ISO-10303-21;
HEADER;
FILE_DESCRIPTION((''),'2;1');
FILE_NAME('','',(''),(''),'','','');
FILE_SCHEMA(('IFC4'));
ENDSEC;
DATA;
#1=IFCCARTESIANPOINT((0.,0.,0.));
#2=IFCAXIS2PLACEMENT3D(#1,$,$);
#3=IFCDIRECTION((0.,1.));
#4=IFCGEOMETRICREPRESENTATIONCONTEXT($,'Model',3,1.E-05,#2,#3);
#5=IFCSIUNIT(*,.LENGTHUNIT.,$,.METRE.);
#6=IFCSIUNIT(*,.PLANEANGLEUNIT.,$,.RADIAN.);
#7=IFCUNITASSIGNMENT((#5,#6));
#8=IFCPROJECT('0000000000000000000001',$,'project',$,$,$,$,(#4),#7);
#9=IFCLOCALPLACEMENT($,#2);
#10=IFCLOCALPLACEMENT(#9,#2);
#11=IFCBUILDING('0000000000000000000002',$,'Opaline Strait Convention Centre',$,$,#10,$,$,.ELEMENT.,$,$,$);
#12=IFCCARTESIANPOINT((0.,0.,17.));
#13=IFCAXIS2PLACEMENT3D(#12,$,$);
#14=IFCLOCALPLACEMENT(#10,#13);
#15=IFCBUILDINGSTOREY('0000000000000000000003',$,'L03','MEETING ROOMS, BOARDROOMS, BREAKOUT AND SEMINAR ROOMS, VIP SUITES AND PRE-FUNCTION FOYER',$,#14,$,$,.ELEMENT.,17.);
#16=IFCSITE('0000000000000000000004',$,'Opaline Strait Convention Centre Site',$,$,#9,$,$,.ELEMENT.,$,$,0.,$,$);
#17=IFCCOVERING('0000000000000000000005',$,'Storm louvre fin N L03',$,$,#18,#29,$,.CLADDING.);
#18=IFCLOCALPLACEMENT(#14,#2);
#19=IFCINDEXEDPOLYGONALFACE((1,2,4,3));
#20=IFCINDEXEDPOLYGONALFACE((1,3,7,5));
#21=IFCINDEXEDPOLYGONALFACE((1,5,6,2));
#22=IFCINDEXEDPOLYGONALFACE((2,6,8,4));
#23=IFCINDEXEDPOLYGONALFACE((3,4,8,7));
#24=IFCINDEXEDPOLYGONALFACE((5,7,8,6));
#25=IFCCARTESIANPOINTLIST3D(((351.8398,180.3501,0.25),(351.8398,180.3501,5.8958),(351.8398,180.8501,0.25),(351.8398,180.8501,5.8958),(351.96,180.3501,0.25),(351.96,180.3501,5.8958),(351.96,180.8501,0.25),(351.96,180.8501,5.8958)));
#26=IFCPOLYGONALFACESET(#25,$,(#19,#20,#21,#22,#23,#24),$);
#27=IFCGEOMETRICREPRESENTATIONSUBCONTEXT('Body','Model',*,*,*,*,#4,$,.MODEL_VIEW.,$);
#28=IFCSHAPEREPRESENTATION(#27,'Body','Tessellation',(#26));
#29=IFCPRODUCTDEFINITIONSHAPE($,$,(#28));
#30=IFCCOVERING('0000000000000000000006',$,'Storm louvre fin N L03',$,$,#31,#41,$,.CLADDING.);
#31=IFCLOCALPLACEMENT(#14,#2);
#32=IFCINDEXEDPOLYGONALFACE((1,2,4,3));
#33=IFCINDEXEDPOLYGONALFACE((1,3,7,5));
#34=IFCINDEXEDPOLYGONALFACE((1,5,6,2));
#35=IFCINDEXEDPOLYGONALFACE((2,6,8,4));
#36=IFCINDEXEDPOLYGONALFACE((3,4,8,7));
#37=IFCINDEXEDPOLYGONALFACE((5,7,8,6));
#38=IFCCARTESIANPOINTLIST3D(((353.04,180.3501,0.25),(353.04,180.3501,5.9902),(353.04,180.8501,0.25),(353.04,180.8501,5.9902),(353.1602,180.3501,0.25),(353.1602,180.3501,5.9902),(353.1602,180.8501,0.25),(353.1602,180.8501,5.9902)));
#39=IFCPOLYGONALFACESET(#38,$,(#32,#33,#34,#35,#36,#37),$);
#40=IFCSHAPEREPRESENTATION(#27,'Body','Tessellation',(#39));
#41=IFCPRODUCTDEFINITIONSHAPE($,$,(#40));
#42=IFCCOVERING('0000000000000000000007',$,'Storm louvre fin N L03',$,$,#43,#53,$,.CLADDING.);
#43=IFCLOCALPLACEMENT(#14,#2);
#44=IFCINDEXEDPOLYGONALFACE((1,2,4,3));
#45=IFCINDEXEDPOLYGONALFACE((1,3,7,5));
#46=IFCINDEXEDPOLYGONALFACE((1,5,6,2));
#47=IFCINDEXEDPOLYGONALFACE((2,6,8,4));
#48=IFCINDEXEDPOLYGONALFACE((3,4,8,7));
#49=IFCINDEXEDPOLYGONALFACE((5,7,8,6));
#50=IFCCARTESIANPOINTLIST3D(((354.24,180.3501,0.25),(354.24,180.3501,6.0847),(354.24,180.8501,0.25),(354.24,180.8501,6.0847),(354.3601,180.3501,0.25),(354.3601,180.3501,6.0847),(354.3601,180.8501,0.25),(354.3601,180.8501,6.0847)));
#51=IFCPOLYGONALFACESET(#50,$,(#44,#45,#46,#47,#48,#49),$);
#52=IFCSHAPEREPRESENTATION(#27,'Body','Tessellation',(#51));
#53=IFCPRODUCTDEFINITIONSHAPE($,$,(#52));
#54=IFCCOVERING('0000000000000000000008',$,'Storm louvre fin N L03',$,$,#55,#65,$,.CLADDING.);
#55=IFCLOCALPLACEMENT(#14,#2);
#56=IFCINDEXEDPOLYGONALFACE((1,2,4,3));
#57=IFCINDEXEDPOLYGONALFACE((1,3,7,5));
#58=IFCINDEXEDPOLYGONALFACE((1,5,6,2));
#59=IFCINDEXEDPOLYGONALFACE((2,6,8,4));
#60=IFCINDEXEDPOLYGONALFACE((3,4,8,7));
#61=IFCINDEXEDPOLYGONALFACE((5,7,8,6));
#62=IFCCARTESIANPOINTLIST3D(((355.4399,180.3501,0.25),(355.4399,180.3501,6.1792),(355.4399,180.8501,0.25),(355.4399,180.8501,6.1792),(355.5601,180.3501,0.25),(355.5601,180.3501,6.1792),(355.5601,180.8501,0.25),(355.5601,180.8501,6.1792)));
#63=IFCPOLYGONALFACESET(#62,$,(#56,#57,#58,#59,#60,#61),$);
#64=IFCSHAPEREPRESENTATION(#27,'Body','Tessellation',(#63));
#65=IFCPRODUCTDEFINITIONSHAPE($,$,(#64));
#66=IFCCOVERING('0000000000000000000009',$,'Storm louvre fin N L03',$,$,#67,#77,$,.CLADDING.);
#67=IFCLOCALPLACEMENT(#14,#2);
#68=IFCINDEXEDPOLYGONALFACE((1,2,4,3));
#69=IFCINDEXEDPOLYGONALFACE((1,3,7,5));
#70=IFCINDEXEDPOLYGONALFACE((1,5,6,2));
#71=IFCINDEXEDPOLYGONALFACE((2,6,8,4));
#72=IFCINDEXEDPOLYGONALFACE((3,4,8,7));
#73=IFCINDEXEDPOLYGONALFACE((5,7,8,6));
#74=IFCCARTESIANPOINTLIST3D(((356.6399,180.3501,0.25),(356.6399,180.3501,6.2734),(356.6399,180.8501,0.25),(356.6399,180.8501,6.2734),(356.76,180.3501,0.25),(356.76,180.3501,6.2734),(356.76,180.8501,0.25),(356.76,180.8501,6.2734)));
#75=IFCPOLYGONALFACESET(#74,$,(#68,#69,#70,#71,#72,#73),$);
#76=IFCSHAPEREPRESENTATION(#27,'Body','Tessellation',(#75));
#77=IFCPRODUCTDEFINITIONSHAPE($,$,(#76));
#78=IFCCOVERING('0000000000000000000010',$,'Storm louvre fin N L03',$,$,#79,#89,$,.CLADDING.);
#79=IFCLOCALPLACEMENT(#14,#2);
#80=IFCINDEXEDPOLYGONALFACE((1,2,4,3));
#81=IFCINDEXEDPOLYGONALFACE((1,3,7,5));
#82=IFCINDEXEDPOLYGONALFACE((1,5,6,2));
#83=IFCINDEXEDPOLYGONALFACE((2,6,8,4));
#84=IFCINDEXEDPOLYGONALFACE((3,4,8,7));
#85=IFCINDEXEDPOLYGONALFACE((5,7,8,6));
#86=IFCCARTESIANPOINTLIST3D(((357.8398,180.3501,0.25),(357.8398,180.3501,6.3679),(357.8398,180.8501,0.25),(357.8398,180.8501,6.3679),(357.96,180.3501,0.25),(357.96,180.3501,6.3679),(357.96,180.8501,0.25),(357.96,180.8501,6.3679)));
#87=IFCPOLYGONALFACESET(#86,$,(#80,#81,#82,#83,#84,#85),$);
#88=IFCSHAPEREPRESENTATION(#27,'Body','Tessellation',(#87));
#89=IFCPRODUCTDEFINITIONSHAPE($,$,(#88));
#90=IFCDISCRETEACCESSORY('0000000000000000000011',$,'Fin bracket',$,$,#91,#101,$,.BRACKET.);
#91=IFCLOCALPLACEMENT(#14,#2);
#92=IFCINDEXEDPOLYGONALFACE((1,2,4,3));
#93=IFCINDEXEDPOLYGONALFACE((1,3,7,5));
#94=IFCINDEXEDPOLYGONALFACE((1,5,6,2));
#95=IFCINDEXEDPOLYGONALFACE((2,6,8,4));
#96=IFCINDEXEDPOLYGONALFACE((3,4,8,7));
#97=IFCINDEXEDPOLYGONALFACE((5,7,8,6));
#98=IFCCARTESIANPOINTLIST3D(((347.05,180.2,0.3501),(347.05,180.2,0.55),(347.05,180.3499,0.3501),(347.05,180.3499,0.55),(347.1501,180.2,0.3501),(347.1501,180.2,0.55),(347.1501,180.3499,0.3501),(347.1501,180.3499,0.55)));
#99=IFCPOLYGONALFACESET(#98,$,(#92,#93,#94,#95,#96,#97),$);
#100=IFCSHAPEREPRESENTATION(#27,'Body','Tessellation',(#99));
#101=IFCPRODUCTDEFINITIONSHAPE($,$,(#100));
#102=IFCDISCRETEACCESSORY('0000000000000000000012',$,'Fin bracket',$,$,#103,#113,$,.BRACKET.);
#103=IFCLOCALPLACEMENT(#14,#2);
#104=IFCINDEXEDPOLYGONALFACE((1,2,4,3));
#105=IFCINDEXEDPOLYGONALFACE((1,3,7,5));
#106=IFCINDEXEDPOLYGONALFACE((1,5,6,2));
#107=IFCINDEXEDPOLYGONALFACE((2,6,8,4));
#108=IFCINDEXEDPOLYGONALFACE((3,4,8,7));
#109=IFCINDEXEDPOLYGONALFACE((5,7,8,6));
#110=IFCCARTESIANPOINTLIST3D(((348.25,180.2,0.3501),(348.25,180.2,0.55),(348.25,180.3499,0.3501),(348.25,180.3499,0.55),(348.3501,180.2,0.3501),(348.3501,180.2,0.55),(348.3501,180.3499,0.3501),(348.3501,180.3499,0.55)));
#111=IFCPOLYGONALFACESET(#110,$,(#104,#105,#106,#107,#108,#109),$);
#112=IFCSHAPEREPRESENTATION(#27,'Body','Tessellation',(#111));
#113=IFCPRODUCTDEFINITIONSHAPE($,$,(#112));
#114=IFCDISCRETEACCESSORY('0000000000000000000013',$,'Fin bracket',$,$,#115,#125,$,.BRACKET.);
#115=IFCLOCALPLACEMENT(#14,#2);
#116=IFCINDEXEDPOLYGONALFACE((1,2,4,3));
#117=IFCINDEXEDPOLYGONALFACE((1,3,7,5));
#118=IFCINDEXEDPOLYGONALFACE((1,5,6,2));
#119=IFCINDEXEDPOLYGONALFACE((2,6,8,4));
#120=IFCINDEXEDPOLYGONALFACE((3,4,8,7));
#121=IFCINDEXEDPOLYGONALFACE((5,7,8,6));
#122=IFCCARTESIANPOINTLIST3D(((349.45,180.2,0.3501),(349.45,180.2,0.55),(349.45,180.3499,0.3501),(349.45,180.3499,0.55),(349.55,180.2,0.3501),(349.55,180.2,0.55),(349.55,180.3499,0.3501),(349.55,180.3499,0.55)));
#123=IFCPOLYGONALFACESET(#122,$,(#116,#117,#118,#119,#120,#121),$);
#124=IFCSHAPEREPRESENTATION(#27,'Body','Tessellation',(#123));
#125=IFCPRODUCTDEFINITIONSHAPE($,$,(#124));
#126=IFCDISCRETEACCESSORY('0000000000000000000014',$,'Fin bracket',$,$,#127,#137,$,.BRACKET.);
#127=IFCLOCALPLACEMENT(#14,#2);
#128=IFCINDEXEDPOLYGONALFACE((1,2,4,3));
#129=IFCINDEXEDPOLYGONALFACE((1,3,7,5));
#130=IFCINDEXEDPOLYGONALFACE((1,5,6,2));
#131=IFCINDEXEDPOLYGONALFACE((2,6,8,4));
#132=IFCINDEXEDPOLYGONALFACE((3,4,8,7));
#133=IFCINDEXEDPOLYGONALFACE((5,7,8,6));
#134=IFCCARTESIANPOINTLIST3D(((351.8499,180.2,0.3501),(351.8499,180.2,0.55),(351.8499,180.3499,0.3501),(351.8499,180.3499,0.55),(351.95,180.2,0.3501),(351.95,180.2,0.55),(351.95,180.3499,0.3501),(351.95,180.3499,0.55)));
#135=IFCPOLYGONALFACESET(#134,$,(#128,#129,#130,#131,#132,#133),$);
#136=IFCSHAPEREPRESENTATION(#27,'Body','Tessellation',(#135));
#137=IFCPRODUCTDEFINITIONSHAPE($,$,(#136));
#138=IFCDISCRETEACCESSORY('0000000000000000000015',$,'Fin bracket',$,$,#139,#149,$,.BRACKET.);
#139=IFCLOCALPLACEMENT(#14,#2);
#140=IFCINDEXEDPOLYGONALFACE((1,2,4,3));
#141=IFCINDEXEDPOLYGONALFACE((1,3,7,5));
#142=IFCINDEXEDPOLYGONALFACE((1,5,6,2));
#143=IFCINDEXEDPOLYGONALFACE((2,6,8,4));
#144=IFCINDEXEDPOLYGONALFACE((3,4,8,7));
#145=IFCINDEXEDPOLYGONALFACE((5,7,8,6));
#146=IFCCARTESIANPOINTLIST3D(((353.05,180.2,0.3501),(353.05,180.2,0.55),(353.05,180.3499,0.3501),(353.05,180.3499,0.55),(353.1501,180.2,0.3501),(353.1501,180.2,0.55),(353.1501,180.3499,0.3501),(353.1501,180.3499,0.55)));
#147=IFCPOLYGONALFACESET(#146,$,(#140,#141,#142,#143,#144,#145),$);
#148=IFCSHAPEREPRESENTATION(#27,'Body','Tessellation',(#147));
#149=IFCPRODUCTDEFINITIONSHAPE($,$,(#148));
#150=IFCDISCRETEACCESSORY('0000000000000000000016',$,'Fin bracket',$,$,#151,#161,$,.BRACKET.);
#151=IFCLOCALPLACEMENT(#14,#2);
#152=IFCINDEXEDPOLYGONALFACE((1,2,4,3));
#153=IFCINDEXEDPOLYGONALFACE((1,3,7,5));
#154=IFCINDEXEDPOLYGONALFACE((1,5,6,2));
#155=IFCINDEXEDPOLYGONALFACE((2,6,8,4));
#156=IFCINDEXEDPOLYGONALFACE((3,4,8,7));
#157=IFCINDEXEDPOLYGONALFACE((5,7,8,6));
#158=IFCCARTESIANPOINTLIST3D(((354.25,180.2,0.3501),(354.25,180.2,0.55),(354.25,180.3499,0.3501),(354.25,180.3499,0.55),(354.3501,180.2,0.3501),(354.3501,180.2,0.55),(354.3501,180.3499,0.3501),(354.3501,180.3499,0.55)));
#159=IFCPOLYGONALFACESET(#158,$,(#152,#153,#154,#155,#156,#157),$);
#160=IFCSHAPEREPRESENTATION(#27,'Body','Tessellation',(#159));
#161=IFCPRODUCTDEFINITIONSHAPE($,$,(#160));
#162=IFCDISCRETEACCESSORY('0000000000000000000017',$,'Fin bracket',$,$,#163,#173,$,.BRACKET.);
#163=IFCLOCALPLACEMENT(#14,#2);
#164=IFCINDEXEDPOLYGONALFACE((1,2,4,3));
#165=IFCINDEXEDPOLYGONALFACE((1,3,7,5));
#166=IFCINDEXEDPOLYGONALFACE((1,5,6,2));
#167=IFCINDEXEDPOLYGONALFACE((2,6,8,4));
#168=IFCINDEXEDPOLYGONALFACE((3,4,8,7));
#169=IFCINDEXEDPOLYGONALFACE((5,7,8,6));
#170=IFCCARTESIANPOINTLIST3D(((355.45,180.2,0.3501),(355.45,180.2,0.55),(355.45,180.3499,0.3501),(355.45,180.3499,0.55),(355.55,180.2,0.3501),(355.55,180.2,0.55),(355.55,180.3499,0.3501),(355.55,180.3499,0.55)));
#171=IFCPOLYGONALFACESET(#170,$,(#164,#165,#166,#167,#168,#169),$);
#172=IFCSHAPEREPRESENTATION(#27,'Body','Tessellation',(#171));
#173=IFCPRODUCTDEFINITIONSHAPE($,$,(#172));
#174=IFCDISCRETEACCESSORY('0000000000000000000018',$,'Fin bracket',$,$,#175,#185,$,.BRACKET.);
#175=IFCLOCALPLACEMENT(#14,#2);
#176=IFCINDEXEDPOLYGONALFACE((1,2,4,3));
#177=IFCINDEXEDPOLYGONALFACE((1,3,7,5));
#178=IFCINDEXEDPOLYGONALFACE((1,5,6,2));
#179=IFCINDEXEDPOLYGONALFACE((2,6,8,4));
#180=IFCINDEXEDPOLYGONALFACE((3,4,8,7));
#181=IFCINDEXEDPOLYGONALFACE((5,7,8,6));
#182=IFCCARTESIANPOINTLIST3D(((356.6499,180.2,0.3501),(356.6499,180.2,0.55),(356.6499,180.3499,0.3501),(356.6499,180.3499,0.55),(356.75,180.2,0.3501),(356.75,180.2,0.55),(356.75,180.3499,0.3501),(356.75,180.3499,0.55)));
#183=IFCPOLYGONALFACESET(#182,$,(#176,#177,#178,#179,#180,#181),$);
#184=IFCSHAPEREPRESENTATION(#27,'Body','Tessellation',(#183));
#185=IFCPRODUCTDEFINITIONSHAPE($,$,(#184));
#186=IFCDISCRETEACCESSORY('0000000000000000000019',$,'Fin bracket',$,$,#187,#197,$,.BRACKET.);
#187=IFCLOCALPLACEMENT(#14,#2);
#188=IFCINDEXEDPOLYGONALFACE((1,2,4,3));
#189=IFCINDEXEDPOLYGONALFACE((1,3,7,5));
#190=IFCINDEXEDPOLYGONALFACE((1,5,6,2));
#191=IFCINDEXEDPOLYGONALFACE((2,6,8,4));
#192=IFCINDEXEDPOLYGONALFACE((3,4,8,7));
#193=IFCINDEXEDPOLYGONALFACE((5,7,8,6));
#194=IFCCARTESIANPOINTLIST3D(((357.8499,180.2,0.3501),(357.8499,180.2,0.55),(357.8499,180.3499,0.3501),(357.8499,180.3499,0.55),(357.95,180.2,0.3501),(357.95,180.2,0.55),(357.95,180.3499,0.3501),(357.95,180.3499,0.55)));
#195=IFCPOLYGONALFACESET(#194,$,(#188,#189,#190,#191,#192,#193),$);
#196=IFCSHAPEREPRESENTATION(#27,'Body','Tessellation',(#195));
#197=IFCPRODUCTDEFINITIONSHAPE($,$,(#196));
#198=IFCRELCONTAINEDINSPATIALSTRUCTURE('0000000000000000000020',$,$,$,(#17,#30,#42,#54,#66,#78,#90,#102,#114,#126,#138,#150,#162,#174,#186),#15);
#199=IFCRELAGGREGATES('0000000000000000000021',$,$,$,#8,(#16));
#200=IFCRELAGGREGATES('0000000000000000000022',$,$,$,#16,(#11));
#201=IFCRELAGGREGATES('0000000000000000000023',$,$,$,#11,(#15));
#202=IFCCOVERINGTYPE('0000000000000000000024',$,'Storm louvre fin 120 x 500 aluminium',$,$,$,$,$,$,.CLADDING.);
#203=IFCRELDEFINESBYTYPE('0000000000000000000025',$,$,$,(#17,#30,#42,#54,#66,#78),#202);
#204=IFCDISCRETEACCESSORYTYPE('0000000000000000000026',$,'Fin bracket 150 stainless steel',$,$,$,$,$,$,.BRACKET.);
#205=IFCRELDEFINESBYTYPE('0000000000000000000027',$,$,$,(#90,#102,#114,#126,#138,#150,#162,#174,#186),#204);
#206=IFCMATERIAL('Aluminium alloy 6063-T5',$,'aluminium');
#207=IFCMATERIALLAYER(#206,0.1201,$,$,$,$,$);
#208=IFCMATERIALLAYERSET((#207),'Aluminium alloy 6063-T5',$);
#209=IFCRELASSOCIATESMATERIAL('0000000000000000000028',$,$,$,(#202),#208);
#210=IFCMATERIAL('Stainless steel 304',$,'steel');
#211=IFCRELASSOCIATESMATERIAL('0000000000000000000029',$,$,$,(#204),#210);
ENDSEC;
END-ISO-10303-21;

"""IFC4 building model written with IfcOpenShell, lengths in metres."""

from ifc_helpers import new_model, si_unit, direction, frame, origin, origin_2d, place, context, subcontext, project, spatial, rectangle, extrude, material, layer, layer_set, type_object, element, save


model = new_model("IFC4")

# Units and contexts
model_context = context("Model", 3, precision=1e-05, world=origin(), true_north=direction((0.0, 1.0)))
body_context = subcontext(model_context, "Body", "Model", "MODEL_VIEW")
ifc_project = project(units=[si_unit("LENGTHUNIT", "METRE"), si_unit("PLANEANGLEUNIT", "RADIAN")], contexts=[model_context])

# Site, building, storey
site_placement = place(None, origin())
site = spatial("IfcSite", under=ifc_project, at=site_placement, Name="Opaline Strait Convention Centre Site", CompositionType="ELEMENT", RefElevation=0.0)
building_placement = place(site_placement, origin())
building = spatial("IfcBuilding", under=site, at=building_placement, Name="Opaline Strait Convention Centre", CompositionType="ELEMENT")
storey_placement = place(building_placement, frame((0.0, 0.0, 17.0)))
storey = spatial("IfcBuildingStorey", under=building, at=storey_placement, Name="L03", Description="MEETING ROOMS, BOARDROOMS, BREAKOUT AND SEMINAR ROOMS, VIP SUITES AND PRE-FUNCTION FOYER", CompositionType="ELEMENT", Elevation=17.0)

# Coverings
ifc_material_1 = material(Name="Aluminium alloy 6063-T5", Category="aluminium")
ifc_layer_1 = layer(ifc_material_1, 0.1201)
ifc_layer_set_1 = layer_set([ifc_layer_1], Name="Aluminium alloy 6063-T5")
covering_type = type_object("IfcCoveringType", Name="Storm louvre fin 120 x 500 aluminium", PredefinedType="CLADDING", material=ifc_layer_set_1)
covering_1_placement = place(storey_placement, frame((351.8999, 180.6001, 0.25), z_axis=(0.0, 0.0, 1.0), x_axis=(1.0, 0.0, 0.0)))
element("IfcCovering", 1, at=covering_1_placement, inside=storey, type_object=covering_type, Name="Storm louvre fin N L03", PredefinedType="CLADDING", context=body_context, shape_type="SweptSolid", body=[
    extrude(rectangle(XDim=0.1201, YDim=0.5, at=origin_2d()), origin(), (0.0, 0.0, 1.0), 5.6458),
])
covering_2_placement = place(storey_placement, frame((353.1001, 180.6001, 0.25), z_axis=(0.0, 0.0, 1.0), x_axis=(1.0, 0.0, 0.0)))
element("IfcCovering", 2, at=covering_2_placement, inside=storey, type_object=covering_type, Name="Storm louvre fin N L03", PredefinedType="CLADDING", context=body_context, shape_type="SweptSolid", body=[
    extrude(rectangle(XDim=0.1201, YDim=0.5, at=origin_2d()), origin(), (0.0, 0.0, 1.0), 5.7402),
])
covering_3_placement = place(storey_placement, frame((354.3, 180.6001, 0.25), z_axis=(0.0, 0.0, 1.0), x_axis=(1.0, 0.0, 0.0)))
element("IfcCovering", 3, at=covering_3_placement, inside=storey, type_object=covering_type, Name="Storm louvre fin N L03", PredefinedType="CLADDING", context=body_context, shape_type="SweptSolid", body=[
    extrude(rectangle(XDim=0.1201, YDim=0.5, at=origin_2d()), origin(), (0.0, 0.0, 1.0), 5.8347),
])
covering_4_placement = place(storey_placement, frame((355.5, 180.6001, 0.25), z_axis=(0.0, 0.0, 1.0), x_axis=(1.0, 0.0, 0.0)))
element("IfcCovering", 4, at=covering_4_placement, inside=storey, type_object=covering_type, Name="Storm louvre fin N L03", PredefinedType="CLADDING", context=body_context, shape_type="SweptSolid", body=[
    extrude(rectangle(XDim=0.1201, YDim=0.5, at=origin_2d()), origin(), (0.0, 0.0, 1.0), 5.9292),
])
covering_5_placement = place(storey_placement, frame((356.7, 180.6001, 0.25), z_axis=(0.0, 0.0, 1.0), x_axis=(1.0, 0.0, 0.0)))
element("IfcCovering", 5, at=covering_5_placement, inside=storey, type_object=covering_type, Name="Storm louvre fin N L03", PredefinedType="CLADDING", context=body_context, shape_type="SweptSolid", body=[
    extrude(rectangle(XDim=0.1201, YDim=0.5, at=origin_2d()), origin(), (0.0, 0.0, 1.0), 6.0234),
])
covering_6_placement = place(storey_placement, frame((357.8999, 180.6001, 0.25), z_axis=(0.0, 0.0, 1.0), x_axis=(1.0, 0.0, 0.0)))
element("IfcCovering", 6, at=covering_6_placement, inside=storey, type_object=covering_type, Name="Storm louvre fin N L03", PredefinedType="CLADDING", context=body_context, shape_type="SweptSolid", body=[
    extrude(rectangle(XDim=0.1201, YDim=0.5, at=origin_2d()), origin(), (0.0, 0.0, 1.0), 6.1179),
])

# Discrete accessories
ifc_material_2 = material(Name="Stainless steel 304", Category="steel")
discrete_accessory_type = type_object("IfcDiscreteAccessoryType", Name="Fin bracket 150 stainless steel", PredefinedType="BRACKET", material=ifc_material_2)
for number, where, z_axis, x_axis, name in (
    (7, (347.1001, 180.2749, 0.3501), (0.0, 0.0, 1.0), (1.0, 0.0, 0.0), "Fin bracket"),
    (8, (348.3, 180.2749, 0.3501), (0.0, 0.0, 1.0), (1.0, 0.0, 0.0), "Fin bracket"),
    (9, (349.5, 180.2749, 0.3501), (0.0, 0.0, 1.0), (1.0, 0.0, 0.0), "Fin bracket"),
    (10, (351.8999, 180.2749, 0.3501), (0.0, 0.0, 1.0), (1.0, 0.0, 0.0), "Fin bracket"),
    (11, (353.1001, 180.2749, 0.3501), (0.0, 0.0, 1.0), (1.0, 0.0, 0.0), "Fin bracket"),
    (12, (354.3, 180.2749, 0.3501), (0.0, 0.0, 1.0), (1.0, 0.0, 0.0), "Fin bracket"),
    (13, (355.5, 180.2749, 0.3501), (0.0, 0.0, 1.0), (1.0, 0.0, 0.0), "Fin bracket"),
    (14, (356.7, 180.2749, 0.3501), (0.0, 0.0, 1.0), (1.0, 0.0, 0.0), "Fin bracket"),
    (15, (357.8999, 180.2749, 0.3501), (0.0, 0.0, 1.0), (1.0, 0.0, 0.0), "Fin bracket"),
):
    element("IfcDiscreteAccessory", number, at=place(storey_placement, frame(where, z_axis=z_axis, x_axis=x_axis)), inside=storey, type_object=discrete_accessory_type, Name=name, PredefinedType="BRACKET", context=body_context, shape_type="SweptSolid", body=[
        extrude(rectangle(XDim=0.1001, YDim=0.1499, at=origin_2d()), origin(), (0.0, 0.0, 1.0), 0.2),
    ])

save(model, "model.ifc")
